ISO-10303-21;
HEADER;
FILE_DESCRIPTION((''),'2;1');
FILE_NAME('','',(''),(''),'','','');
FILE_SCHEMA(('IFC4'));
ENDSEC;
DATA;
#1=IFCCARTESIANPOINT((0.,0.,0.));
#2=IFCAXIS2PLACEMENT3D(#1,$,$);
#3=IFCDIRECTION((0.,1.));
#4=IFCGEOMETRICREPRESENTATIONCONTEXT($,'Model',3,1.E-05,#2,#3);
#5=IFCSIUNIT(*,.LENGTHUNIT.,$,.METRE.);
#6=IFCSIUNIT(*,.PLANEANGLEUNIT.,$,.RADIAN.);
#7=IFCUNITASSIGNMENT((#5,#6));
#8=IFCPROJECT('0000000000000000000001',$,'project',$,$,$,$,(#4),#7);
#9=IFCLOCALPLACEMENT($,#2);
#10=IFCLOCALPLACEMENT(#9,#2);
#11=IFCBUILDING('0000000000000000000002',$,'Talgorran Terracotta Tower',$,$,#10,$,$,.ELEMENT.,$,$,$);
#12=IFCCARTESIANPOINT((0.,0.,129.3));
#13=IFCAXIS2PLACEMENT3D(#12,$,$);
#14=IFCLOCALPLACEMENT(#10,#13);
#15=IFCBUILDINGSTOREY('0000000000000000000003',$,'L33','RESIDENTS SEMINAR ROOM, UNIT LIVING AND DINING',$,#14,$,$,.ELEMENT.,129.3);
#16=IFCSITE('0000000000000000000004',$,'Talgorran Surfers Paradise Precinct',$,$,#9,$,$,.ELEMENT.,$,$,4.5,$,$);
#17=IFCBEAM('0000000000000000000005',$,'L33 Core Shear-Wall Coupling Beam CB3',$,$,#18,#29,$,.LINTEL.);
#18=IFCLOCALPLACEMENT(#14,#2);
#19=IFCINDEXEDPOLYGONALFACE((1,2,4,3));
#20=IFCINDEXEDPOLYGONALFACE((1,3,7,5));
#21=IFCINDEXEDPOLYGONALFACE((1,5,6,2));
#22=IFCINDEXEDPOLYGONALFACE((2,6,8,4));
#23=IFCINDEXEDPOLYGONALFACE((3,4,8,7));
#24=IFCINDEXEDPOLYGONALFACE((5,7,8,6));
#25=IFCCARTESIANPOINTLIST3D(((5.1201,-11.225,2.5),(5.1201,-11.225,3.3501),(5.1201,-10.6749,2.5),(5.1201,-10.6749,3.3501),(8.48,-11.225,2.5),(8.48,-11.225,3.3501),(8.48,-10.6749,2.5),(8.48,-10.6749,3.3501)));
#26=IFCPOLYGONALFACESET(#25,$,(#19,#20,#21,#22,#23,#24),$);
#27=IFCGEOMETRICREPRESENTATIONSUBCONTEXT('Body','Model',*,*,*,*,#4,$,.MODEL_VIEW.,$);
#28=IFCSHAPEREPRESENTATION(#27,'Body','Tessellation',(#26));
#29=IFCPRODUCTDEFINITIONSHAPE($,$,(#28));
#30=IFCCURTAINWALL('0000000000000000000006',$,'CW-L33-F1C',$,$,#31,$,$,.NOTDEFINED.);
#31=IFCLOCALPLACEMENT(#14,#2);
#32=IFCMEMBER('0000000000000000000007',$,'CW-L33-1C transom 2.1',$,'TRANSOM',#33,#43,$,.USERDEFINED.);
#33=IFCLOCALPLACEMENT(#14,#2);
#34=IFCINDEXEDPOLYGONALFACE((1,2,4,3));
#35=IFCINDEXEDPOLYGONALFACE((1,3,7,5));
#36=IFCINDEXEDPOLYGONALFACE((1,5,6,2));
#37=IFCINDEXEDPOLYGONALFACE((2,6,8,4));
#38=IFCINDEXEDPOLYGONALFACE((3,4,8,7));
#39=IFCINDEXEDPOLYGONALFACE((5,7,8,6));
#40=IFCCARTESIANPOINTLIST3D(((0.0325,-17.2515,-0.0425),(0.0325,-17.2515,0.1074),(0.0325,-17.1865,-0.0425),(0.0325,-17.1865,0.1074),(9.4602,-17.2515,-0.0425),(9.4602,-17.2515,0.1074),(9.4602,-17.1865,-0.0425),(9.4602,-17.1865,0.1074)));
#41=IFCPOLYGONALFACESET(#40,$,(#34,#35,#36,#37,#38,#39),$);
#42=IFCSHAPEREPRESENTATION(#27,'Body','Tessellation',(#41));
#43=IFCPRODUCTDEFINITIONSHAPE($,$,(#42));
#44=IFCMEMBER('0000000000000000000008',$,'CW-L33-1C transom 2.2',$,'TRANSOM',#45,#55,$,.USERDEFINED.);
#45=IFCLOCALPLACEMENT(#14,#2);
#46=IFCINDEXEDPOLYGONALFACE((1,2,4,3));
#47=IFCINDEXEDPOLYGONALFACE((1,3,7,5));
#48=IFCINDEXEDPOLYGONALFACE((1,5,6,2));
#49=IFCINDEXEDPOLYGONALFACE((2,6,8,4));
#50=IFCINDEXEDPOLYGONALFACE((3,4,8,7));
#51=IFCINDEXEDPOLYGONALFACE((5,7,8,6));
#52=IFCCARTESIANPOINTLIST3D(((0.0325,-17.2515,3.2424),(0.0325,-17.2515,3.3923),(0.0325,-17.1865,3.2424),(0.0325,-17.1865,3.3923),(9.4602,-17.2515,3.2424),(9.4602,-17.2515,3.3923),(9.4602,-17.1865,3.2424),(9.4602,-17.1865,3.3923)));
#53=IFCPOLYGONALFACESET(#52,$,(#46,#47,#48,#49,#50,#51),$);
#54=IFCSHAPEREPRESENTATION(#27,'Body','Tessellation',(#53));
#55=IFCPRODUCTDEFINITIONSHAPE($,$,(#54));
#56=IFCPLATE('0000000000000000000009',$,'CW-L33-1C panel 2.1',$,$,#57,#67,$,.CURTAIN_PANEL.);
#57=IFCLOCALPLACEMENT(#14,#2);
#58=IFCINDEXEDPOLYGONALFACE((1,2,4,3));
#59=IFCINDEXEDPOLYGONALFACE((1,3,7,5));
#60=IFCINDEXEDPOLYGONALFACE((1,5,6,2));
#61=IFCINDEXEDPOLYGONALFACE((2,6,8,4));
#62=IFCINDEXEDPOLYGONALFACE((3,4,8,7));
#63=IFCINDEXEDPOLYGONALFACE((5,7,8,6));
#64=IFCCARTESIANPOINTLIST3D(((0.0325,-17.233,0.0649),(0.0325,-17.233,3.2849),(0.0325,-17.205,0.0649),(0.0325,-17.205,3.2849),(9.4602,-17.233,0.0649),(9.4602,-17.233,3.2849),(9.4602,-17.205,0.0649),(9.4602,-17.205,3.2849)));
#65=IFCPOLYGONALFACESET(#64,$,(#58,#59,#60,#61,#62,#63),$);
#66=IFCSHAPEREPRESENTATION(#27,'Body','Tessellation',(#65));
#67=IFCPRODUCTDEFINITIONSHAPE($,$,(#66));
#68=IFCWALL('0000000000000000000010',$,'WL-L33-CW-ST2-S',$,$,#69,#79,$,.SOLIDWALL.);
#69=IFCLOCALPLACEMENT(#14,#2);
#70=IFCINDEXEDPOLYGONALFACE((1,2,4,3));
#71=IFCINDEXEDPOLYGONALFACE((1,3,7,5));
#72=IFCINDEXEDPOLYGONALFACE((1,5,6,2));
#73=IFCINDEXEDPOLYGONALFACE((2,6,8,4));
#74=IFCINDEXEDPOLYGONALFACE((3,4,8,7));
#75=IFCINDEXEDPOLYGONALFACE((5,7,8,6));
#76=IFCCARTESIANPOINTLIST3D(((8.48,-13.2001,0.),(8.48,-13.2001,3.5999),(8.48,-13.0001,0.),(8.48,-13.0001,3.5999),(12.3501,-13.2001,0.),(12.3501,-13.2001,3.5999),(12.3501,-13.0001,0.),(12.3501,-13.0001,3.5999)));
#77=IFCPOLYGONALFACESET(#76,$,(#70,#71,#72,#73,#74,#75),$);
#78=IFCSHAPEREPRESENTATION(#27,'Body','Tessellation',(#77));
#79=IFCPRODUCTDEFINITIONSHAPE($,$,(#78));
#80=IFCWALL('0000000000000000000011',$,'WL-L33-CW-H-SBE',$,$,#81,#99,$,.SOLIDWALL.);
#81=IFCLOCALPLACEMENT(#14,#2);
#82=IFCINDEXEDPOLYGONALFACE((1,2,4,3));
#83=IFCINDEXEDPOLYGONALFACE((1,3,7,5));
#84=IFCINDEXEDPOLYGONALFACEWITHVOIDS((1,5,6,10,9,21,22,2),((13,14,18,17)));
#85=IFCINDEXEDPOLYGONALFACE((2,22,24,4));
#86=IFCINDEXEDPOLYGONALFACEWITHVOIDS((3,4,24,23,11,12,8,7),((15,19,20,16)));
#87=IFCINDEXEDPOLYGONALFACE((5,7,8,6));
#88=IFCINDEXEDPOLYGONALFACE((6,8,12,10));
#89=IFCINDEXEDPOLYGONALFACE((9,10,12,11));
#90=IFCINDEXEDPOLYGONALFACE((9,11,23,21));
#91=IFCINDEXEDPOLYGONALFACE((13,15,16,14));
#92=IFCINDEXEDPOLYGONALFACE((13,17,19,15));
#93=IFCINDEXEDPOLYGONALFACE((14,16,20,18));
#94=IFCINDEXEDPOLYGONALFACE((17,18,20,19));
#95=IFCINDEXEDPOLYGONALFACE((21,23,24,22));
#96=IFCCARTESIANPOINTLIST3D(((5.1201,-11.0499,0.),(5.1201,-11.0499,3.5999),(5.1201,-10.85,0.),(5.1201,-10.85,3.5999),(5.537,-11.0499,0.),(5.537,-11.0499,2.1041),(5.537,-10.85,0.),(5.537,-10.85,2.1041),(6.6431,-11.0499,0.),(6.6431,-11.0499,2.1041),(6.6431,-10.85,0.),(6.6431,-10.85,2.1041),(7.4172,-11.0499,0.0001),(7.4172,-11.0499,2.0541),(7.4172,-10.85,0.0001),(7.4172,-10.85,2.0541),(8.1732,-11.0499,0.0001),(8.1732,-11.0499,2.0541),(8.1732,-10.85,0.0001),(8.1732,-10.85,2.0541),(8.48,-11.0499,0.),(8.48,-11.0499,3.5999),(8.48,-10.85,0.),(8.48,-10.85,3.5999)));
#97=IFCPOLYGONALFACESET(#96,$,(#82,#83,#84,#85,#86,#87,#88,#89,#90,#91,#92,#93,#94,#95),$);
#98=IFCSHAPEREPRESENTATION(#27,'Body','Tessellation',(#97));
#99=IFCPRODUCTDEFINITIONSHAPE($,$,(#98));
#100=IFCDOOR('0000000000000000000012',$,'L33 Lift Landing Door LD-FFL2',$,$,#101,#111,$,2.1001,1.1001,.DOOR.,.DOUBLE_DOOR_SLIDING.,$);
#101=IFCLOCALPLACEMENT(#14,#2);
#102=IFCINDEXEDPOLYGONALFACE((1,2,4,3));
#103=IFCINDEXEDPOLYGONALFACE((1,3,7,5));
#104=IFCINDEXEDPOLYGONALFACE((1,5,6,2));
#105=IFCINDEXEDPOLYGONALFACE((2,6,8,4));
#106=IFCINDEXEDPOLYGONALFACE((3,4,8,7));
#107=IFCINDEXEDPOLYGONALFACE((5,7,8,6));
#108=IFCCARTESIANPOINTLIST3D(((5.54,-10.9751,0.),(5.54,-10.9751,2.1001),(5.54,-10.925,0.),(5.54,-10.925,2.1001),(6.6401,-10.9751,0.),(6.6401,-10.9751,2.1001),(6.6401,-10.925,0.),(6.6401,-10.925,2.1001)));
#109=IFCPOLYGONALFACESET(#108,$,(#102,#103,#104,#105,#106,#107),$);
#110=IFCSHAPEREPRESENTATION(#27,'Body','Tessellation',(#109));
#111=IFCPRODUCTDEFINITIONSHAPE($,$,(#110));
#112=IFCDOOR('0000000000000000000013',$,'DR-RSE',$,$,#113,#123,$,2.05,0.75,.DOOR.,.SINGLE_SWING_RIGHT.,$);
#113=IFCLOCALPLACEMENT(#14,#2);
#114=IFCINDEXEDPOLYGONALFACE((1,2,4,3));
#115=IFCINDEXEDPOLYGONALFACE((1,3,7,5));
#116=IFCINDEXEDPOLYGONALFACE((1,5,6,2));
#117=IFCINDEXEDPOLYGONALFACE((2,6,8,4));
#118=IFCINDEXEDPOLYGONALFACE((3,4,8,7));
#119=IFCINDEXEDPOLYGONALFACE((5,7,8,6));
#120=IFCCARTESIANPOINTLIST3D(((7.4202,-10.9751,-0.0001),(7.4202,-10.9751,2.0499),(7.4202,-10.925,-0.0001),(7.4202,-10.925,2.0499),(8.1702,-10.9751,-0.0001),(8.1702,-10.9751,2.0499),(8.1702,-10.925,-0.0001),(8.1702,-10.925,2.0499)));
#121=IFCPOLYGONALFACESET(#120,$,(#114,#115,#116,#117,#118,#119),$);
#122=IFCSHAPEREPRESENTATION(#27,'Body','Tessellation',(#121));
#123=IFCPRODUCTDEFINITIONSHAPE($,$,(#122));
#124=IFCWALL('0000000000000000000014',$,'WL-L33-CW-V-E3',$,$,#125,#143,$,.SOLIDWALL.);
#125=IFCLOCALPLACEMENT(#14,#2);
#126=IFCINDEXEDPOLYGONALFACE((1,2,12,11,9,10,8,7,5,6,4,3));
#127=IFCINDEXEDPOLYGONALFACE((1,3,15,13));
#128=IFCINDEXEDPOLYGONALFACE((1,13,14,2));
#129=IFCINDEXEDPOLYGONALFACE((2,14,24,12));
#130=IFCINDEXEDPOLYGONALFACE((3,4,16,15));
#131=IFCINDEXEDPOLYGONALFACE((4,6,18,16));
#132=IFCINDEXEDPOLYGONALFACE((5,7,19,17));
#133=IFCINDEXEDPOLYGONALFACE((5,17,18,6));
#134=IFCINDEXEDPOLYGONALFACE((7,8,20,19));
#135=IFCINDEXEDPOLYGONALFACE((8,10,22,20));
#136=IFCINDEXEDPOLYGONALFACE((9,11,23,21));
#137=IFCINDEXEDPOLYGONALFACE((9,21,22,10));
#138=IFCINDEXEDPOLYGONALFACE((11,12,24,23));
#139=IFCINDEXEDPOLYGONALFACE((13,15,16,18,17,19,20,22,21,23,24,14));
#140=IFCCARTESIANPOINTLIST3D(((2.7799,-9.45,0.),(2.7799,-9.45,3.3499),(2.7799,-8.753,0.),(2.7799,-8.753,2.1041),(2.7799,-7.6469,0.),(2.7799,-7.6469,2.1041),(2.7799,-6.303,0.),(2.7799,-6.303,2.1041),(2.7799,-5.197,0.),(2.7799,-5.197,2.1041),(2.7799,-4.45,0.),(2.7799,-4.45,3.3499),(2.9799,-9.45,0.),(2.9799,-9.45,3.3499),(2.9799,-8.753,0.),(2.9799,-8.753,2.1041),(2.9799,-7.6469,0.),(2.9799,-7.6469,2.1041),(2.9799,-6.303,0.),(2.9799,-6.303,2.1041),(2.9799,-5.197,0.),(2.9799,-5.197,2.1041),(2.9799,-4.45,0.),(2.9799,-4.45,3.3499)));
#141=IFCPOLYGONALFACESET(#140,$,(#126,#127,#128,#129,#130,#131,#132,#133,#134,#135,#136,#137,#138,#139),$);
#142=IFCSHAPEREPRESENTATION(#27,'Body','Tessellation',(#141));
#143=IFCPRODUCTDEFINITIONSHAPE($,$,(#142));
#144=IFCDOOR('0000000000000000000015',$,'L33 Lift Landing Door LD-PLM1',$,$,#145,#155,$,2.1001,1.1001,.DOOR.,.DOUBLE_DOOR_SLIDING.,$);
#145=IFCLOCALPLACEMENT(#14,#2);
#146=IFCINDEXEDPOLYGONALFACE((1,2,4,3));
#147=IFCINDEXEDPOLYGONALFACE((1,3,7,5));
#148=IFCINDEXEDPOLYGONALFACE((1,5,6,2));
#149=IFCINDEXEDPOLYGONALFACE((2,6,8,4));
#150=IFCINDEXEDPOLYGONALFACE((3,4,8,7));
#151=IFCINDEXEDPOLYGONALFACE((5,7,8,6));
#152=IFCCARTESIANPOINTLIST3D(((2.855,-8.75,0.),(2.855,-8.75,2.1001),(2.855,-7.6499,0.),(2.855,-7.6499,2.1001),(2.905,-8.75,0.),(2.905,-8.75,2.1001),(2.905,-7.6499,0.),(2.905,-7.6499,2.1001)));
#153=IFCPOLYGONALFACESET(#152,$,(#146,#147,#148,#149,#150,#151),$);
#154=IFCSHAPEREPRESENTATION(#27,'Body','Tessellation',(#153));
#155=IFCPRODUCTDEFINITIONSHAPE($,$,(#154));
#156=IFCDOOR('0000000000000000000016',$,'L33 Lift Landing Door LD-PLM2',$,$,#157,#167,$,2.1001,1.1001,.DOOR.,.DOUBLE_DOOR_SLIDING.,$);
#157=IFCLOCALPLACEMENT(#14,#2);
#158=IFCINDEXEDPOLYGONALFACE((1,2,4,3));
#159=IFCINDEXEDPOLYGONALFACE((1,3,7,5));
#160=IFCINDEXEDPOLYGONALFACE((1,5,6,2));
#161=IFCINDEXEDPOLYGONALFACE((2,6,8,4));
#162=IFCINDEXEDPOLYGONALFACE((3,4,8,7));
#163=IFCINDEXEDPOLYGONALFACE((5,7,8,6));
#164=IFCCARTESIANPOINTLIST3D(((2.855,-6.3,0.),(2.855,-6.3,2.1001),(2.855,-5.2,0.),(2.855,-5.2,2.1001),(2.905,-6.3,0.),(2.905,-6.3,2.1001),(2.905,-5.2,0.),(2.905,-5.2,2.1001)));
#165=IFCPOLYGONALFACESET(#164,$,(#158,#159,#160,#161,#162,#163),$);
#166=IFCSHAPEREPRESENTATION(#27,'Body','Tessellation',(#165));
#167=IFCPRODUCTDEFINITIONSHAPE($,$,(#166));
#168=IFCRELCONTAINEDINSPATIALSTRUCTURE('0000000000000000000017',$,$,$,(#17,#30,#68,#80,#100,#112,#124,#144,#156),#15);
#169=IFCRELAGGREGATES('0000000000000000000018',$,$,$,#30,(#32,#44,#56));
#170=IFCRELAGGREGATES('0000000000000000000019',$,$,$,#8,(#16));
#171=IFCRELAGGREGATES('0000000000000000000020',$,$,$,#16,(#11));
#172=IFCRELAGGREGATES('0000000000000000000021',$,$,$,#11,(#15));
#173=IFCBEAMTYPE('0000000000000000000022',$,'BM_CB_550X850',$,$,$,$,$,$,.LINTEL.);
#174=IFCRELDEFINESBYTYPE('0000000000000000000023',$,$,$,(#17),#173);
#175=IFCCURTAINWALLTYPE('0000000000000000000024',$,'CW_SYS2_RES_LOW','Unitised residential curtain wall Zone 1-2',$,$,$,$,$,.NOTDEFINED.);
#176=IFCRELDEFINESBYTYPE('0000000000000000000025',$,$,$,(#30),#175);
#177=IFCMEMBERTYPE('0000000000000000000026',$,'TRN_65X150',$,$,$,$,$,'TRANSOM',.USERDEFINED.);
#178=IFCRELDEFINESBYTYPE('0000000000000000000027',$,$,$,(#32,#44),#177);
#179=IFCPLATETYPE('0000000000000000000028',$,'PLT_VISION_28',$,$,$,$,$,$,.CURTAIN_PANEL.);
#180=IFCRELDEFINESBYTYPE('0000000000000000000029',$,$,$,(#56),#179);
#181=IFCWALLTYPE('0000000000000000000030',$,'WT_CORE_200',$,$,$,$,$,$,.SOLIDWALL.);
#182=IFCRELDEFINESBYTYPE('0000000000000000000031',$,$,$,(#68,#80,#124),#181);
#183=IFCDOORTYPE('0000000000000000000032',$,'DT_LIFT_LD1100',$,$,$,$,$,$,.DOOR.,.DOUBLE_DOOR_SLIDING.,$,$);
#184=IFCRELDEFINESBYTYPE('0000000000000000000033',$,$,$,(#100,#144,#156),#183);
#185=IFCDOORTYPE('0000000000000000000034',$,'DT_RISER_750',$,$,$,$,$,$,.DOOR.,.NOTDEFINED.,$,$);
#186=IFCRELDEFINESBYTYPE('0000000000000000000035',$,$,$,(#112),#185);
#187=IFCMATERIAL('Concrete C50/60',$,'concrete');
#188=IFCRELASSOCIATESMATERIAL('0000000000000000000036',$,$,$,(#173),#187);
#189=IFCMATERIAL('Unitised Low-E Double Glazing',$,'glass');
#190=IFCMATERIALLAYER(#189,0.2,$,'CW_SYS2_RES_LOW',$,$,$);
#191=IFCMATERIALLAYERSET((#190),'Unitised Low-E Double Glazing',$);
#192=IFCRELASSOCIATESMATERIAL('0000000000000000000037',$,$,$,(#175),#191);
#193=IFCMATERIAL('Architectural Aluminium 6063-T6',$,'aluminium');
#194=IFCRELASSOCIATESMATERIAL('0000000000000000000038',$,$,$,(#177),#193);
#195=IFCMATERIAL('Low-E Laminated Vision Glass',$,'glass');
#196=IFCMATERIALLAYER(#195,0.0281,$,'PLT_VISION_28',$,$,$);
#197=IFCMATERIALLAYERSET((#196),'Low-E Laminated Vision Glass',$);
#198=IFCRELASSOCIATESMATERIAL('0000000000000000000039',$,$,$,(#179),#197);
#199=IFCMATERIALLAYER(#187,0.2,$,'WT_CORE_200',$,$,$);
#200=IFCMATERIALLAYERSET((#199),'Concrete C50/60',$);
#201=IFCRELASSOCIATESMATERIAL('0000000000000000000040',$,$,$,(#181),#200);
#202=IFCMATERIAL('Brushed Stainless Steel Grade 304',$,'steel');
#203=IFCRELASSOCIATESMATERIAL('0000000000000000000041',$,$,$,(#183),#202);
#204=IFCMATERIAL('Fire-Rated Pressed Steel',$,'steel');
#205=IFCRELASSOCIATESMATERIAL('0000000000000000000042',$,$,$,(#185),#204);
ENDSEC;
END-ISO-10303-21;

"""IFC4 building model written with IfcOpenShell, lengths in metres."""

from ifc_helpers import new_model, si_unit, direction, frame, frame_2d, origin, origin_2d, place, context, subcontext, project, spatial, rectangle, extrude, source, transform, mapped, material, layer, layer_set, material_profile, profile_set, type_object, type_shapes, element, fill, aggregate, save


model = new_model("IFC4")

# Units and contexts
model_context = context("Model", 3, precision=1e-05, world=origin(), true_north=direction((0.0, 1.0)))
body_context = subcontext(model_context, "Body", "Model", "MODEL_VIEW")
ifc_project = project(units=[si_unit("LENGTHUNIT", "METRE"), si_unit("PLANEANGLEUNIT", "RADIAN")], contexts=[model_context])

# Site, building, storey
site_placement = place(None, origin())
site = spatial("IfcSite", under=ifc_project, at=site_placement, Name="Talgorran Surfers Paradise Precinct", CompositionType="ELEMENT", RefElevation=4.5)
building_placement = place(site_placement, origin())
building = spatial("IfcBuilding", under=site, at=building_placement, Name="Talgorran Terracotta Tower", CompositionType="ELEMENT")
storey_placement = place(building_placement, frame((0.0, 0.0, 129.3)))
storey = spatial("IfcBuildingStorey", under=building, at=storey_placement, Name="L33", Description="RESIDENTS SEMINAR ROOM, UNIT LIVING AND DINING", CompositionType="ELEMENT", Elevation=129.3)

# Beam
ifc_material_1 = material(Name="Concrete C50/60", Category="concrete")
ifc_material_profile_1 = material_profile(ifc_material_1, rectangle(XDim=0.55, YDim=0.8501, at=origin_2d()), Name="RCCB550X850")
ifc_profile_set_1 = profile_set([ifc_material_profile_1], Name="Concrete C50/60")
beam_type = type_object("IfcBeamType", Name="BM_CB_550X850", PredefinedType="LINTEL", material=ifc_profile_set_1)
beam_placement = place(storey_placement, frame((5.1201, -10.95, 2.925), z_axis=(1.0, 0.0, 0.0), x_axis=(0.0, 1.0, 0.0)))
element("IfcBeam", 1, at=beam_placement, inside=storey, type_object=beam_type, Name="L33 Core Shear-Wall Coupling Beam CB3", PredefinedType="LINTEL", context=body_context, shape_type="SweptSolid", body=[
    extrude(rectangle(XDim=0.55, YDim=0.8501, at=origin_2d()), origin(), (0.0, 0.0, 1.0), 3.3599),
])

# Curtain wall, members, plate
ifc_material_2 = material(Name="Unitised Low-E Double Glazing", Category="glass")
ifc_layer_1 = layer(ifc_material_2, 0.2, Name="CW_SYS2_RES_LOW")
ifc_layer_set_1 = layer_set([ifc_layer_1], Name="Unitised Low-E Double Glazing")
curtain_wall_type = type_object("IfcCurtainWallType", Name="CW_SYS2_RES_LOW", Description="Unitised residential curtain wall Zone 1-2", PredefinedType="NOTDEFINED", material=ifc_layer_set_1)
curtain_wall_placement = place(storey_placement, origin())
curtain_wall = element("IfcCurtainWall", 2, at=curtain_wall_placement, inside=storey, type_object=curtain_wall_type, Name="CW-L33-F1C", PredefinedType="NOTDEFINED")
ifc_material_3 = material(Name="Architectural Aluminium 6063-T6", Category="aluminium")
ifc_material_profile_2 = material_profile(ifc_material_3, rectangle(XDim=0.0649, YDim=0.1499, at=origin_2d()), Name="CWT65X150")
ifc_profile_set_2 = profile_set([ifc_material_profile_2], Name="Architectural Aluminium 6063-T6")
member_type = type_object("IfcMemberType", Name="TRN_65X150", ElementType="TRANSOM", PredefinedType="USERDEFINED", material=ifc_profile_set_2)
member_1_placement = place(storey_placement, frame((0.0325, -17.219, 0.0325), z_axis=(1.0, 0.0, 0.0), x_axis=(0.0, 1.0, 0.0)))
member_1 = element("IfcMember", 3, at=member_1_placement, type_object=member_type, Name="CW-L33-1C transom 2.1", ObjectType="TRANSOM", PredefinedType="USERDEFINED", context=body_context, shape_type="SweptSolid", body=[
    extrude(rectangle(XDim=0.0649, YDim=0.1499, at=origin_2d()), origin(), (0.0, 0.0, 1.0), 9.4277),
])
member_2_placement = place(storey_placement, frame((0.0325, -17.219, 3.3174), z_axis=(1.0, 0.0, 0.0), x_axis=(0.0, 1.0, 0.0)))
member_2 = element("IfcMember", 4, at=member_2_placement, type_object=member_type, Name="CW-L33-1C transom 2.2", ObjectType="TRANSOM", PredefinedType="USERDEFINED", context=body_context, shape_type="SweptSolid", body=[
    extrude(rectangle(XDim=0.0649, YDim=0.1499, at=origin_2d()), origin(), (0.0, 0.0, 1.0), 9.4277),
])
ifc_material_4 = material(Name="Low-E Laminated Vision Glass", Category="glass")
ifc_layer_2 = layer(ifc_material_4, 0.0281, Name="PLT_VISION_28")
ifc_layer_set_2 = layer_set([ifc_layer_2], Name="Low-E Laminated Vision Glass")
plate_type = type_object("IfcPlateType", Name="PLT_VISION_28", PredefinedType="CURTAIN_PANEL", material=ifc_layer_set_2)
shared_shape = source(origin(), body_context, "Body", "SweptSolid", [
    extrude(rectangle(XDim=9.4277, YDim=0.0281, at=origin_2d()), origin(), (0.0, 0.0, 1.0), 3.22),
])
type_shapes(plate_type, [shared_shape])
plate_placement = place(storey_placement, frame((4.7463, -17.219, 0.0649), z_axis=(0.0, 0.0, 1.0), x_axis=(1.0, 0.0, 0.0)))
plate = element("IfcPlate", 5, at=plate_placement, type_object=plate_type, Name="CW-L33-1C panel 2.1", PredefinedType="CURTAIN_PANEL", context=body_context, shape_type="MappedRepresentation", body=[
    mapped(shared_shape, transform((0.0, 0.0, 0.0), scale=1.0)),
])
aggregate(curtain_wall, [member_1, member_2, plate])

# Wall
ifc_layer_3 = layer(ifc_material_1, 0.2, Name="WT_CORE_200")
ifc_layer_set_3 = layer_set([ifc_layer_3], Name="Concrete C50/60")
wall_type_1 = type_object("IfcWallType", Name="WT_CORE_200", PredefinedType="SOLIDWALL", material=ifc_layer_set_3)
wall_1_placement = place(storey_placement, frame((8.48, -13.1001, 0.0), z_axis=(0.0, 0.0, 1.0), x_axis=(1.0, 0.0, 0.0)))
element("IfcWall", 6, at=wall_1_placement, inside=storey, type_object=wall_type_1, Name="WL-L33-CW-ST2-S", PredefinedType="SOLIDWALL", context=body_context, shape_type="SweptSolid", body=[
    extrude(rectangle(XDim=3.8701, YDim=0.2, at=frame_2d((1.9351, 0.0))), origin(), (0.0, 0.0, 1.0), 3.5999),
])

# Walls, openings, doors
wall_2_placement = place(storey_placement, frame((5.1201, -10.95, 0.0), z_axis=(0.0, 0.0, 1.0), x_axis=(1.0, 0.0, 0.0)))
wall_2 = element("IfcWall", 7, at=wall_2_placement, inside=storey, type_object=wall_type_1, Name="WL-L33-CW-H-SBE", PredefinedType="SOLIDWALL", context=body_context, shape_type="SweptSolid", body=[
    extrude(rectangle(XDim=3.3599, YDim=0.2, at=frame_2d((1.6799, 0.0))), origin(), (0.0, 0.0, 1.0), 3.5999),
])
opening_1_placement = place(wall_2_placement, frame((0.4199, 0.0, 0.0)))
opening_1 = element("IfcOpeningElement", 8, at=opening_1_placement, cuts=wall_2, PredefinedType="OPENING", context=body_context, shape_type="SweptSolid", body=[
    extrude(rectangle(XDim=1.1061, YDim=2.1041, at=frame_2d((0.55, 1.052))), frame((0.0, 0.1099, 0.0), z_axis=(0.0, -1.0, 0.0), x_axis=(1.0, 0.0, 0.0)), (0.0, 0.0, 1.0), 0.22),
])
opening_2_placement = place(wall_2_placement, frame((2.3, 0.0, 0.0)))
opening_2 = element("IfcOpeningElement", 9, at=opening_2_placement, cuts=wall_2, PredefinedType="OPENING", context=body_context, shape_type="SweptSolid", body=[
    extrude(rectangle(XDim=0.756, YDim=2.054, at=frame_2d((0.375, 1.0271))), frame((0.0, 0.1099, 0.0), z_axis=(0.0, -1.0, 0.0), x_axis=(1.0, 0.0, 0.0)), (0.0, 0.0, 1.0), 0.22),
])
ifc_material_5 = material(Name="Brushed Stainless Steel Grade 304", Category="steel")
door_type_1 = type_object("IfcDoorType", Name="DT_LIFT_LD1100", OperationType="DOUBLE_DOOR_SLIDING", PredefinedType="DOOR", material=ifc_material_5)
door_1_placement = place(opening_1_placement, origin())
door_1 = element("IfcDoor", 10, at=door_1_placement, inside=storey, type_object=door_type_1, Name="L33 Lift Landing Door LD-FFL2", OperationType="DOUBLE_DOOR_SLIDING", OverallHeight=2.1001, OverallWidth=1.1001, PredefinedType="DOOR", context=body_context, shape_type="SweptSolid", body=[
    extrude(rectangle(XDim=1.1001, YDim=2.1001, at=frame_2d((0.55, 1.05))), frame((0.0, 0.0249, 0.0), z_axis=(0.0, -1.0, 0.0), x_axis=(1.0, 0.0, 0.0)), (0.0, 0.0, 1.0), 0.05),
])
fill(opening_1, door_1)
ifc_material_6 = material(Name="Fire-Rated Pressed Steel", Category="steel")
door_type_2 = type_object("IfcDoorType", Name="DT_RISER_750", OperationType="NOTDEFINED", PredefinedType="DOOR", material=ifc_material_6)
door_2_placement = place(opening_2_placement, origin())
door_2 = element("IfcDoor", 11, at=door_2_placement, inside=storey, type_object=door_type_2, Name="DR-RSE", OperationType="SINGLE_SWING_RIGHT", OverallHeight=2.05, OverallWidth=0.75, PredefinedType="DOOR", context=body_context, shape_type="SweptSolid", body=[
    extrude(rectangle(XDim=0.75, YDim=2.05, at=frame_2d((0.375, 1.0249))), frame((0.0, 0.0249, 0.0), z_axis=(0.0, -1.0, 0.0), x_axis=(1.0, 0.0, 0.0)), (0.0, 0.0, 1.0), 0.05),
])
fill(opening_2, door_2)
wall_3_placement = place(storey_placement, frame((2.8799, -9.45, 0.0), z_axis=(0.0, 0.0, 1.0), x_axis=(0.0, 1.0, 0.0)))
wall_3 = element("IfcWall", 12, at=wall_3_placement, inside=storey, type_object=wall_type_1, Name="WL-L33-CW-V-E3", PredefinedType="SOLIDWALL", context=body_context, shape_type="SweptSolid", body=[
    extrude(rectangle(XDim=5.0, YDim=0.2, at=frame_2d((2.5, 0.0))), origin(), (0.0, 0.0, 1.0), 3.3499),
])
opening_3_placement = place(wall_3_placement, frame((0.7, 0.0, 0.0)))
opening_3 = element("IfcOpeningElement", 13, at=opening_3_placement, cuts=wall_3, PredefinedType="OPENING", context=body_context, shape_type="SweptSolid", body=[
    extrude(rectangle(XDim=1.1061, YDim=2.1041, at=frame_2d((0.55, 1.052))), frame((0.0, 0.1099, 0.0), z_axis=(0.0, -1.0, 0.0), x_axis=(1.0, 0.0, 0.0)), (0.0, 0.0, 1.0), 0.22),
])
opening_4_placement = place(wall_3_placement, frame((3.1499, 0.0, 0.0)))
opening_4 = element("IfcOpeningElement", 14, at=opening_4_placement, cuts=wall_3, PredefinedType="OPENING", context=body_context, shape_type="SweptSolid", body=[
    extrude(rectangle(XDim=1.1061, YDim=2.1041, at=frame_2d((0.55, 1.052))), frame((0.0, 0.1099, 0.0), z_axis=(0.0, -1.0, 0.0), x_axis=(1.0, 0.0, 0.0)), (0.0, 0.0, 1.0), 0.22),
])
door_3_placement = place(opening_3_placement, origin())
door_3 = element("IfcDoor", 15, at=door_3_placement, inside=storey, type_object=door_type_1, Name="L33 Lift Landing Door LD-PLM1", OperationType="DOUBLE_DOOR_SLIDING", OverallHeight=2.1001, OverallWidth=1.1001, PredefinedType="DOOR", context=body_context, shape_type="SweptSolid", body=[
    extrude(rectangle(XDim=1.1001, YDim=2.1001, at=frame_2d((0.55, 1.05))), frame((0.0, 0.0249, 0.0), z_axis=(0.0, -1.0, 0.0), x_axis=(1.0, 0.0, 0.0)), (0.0, 0.0, 1.0), 0.05),
])
fill(opening_3, door_3)
door_4_placement = place(opening_4_placement, origin())
door_4 = element("IfcDoor", 16, at=door_4_placement, inside=storey, type_object=door_type_1, Name="L33 Lift Landing Door LD-PLM2", OperationType="DOUBLE_DOOR_SLIDING", OverallHeight=2.1001, OverallWidth=1.1001, PredefinedType="DOOR", context=body_context, shape_type="SweptSolid", body=[
    extrude(rectangle(XDim=1.1001, YDim=2.1001, at=frame_2d((0.55, 1.05))), frame((0.0, 0.0249, 0.0), z_axis=(0.0, -1.0, 0.0), x_axis=(1.0, 0.0, 0.0)), (0.0, 0.0, 1.0), 0.05),
])
fill(opening_4, door_4)

save(model, "model.ifc")
